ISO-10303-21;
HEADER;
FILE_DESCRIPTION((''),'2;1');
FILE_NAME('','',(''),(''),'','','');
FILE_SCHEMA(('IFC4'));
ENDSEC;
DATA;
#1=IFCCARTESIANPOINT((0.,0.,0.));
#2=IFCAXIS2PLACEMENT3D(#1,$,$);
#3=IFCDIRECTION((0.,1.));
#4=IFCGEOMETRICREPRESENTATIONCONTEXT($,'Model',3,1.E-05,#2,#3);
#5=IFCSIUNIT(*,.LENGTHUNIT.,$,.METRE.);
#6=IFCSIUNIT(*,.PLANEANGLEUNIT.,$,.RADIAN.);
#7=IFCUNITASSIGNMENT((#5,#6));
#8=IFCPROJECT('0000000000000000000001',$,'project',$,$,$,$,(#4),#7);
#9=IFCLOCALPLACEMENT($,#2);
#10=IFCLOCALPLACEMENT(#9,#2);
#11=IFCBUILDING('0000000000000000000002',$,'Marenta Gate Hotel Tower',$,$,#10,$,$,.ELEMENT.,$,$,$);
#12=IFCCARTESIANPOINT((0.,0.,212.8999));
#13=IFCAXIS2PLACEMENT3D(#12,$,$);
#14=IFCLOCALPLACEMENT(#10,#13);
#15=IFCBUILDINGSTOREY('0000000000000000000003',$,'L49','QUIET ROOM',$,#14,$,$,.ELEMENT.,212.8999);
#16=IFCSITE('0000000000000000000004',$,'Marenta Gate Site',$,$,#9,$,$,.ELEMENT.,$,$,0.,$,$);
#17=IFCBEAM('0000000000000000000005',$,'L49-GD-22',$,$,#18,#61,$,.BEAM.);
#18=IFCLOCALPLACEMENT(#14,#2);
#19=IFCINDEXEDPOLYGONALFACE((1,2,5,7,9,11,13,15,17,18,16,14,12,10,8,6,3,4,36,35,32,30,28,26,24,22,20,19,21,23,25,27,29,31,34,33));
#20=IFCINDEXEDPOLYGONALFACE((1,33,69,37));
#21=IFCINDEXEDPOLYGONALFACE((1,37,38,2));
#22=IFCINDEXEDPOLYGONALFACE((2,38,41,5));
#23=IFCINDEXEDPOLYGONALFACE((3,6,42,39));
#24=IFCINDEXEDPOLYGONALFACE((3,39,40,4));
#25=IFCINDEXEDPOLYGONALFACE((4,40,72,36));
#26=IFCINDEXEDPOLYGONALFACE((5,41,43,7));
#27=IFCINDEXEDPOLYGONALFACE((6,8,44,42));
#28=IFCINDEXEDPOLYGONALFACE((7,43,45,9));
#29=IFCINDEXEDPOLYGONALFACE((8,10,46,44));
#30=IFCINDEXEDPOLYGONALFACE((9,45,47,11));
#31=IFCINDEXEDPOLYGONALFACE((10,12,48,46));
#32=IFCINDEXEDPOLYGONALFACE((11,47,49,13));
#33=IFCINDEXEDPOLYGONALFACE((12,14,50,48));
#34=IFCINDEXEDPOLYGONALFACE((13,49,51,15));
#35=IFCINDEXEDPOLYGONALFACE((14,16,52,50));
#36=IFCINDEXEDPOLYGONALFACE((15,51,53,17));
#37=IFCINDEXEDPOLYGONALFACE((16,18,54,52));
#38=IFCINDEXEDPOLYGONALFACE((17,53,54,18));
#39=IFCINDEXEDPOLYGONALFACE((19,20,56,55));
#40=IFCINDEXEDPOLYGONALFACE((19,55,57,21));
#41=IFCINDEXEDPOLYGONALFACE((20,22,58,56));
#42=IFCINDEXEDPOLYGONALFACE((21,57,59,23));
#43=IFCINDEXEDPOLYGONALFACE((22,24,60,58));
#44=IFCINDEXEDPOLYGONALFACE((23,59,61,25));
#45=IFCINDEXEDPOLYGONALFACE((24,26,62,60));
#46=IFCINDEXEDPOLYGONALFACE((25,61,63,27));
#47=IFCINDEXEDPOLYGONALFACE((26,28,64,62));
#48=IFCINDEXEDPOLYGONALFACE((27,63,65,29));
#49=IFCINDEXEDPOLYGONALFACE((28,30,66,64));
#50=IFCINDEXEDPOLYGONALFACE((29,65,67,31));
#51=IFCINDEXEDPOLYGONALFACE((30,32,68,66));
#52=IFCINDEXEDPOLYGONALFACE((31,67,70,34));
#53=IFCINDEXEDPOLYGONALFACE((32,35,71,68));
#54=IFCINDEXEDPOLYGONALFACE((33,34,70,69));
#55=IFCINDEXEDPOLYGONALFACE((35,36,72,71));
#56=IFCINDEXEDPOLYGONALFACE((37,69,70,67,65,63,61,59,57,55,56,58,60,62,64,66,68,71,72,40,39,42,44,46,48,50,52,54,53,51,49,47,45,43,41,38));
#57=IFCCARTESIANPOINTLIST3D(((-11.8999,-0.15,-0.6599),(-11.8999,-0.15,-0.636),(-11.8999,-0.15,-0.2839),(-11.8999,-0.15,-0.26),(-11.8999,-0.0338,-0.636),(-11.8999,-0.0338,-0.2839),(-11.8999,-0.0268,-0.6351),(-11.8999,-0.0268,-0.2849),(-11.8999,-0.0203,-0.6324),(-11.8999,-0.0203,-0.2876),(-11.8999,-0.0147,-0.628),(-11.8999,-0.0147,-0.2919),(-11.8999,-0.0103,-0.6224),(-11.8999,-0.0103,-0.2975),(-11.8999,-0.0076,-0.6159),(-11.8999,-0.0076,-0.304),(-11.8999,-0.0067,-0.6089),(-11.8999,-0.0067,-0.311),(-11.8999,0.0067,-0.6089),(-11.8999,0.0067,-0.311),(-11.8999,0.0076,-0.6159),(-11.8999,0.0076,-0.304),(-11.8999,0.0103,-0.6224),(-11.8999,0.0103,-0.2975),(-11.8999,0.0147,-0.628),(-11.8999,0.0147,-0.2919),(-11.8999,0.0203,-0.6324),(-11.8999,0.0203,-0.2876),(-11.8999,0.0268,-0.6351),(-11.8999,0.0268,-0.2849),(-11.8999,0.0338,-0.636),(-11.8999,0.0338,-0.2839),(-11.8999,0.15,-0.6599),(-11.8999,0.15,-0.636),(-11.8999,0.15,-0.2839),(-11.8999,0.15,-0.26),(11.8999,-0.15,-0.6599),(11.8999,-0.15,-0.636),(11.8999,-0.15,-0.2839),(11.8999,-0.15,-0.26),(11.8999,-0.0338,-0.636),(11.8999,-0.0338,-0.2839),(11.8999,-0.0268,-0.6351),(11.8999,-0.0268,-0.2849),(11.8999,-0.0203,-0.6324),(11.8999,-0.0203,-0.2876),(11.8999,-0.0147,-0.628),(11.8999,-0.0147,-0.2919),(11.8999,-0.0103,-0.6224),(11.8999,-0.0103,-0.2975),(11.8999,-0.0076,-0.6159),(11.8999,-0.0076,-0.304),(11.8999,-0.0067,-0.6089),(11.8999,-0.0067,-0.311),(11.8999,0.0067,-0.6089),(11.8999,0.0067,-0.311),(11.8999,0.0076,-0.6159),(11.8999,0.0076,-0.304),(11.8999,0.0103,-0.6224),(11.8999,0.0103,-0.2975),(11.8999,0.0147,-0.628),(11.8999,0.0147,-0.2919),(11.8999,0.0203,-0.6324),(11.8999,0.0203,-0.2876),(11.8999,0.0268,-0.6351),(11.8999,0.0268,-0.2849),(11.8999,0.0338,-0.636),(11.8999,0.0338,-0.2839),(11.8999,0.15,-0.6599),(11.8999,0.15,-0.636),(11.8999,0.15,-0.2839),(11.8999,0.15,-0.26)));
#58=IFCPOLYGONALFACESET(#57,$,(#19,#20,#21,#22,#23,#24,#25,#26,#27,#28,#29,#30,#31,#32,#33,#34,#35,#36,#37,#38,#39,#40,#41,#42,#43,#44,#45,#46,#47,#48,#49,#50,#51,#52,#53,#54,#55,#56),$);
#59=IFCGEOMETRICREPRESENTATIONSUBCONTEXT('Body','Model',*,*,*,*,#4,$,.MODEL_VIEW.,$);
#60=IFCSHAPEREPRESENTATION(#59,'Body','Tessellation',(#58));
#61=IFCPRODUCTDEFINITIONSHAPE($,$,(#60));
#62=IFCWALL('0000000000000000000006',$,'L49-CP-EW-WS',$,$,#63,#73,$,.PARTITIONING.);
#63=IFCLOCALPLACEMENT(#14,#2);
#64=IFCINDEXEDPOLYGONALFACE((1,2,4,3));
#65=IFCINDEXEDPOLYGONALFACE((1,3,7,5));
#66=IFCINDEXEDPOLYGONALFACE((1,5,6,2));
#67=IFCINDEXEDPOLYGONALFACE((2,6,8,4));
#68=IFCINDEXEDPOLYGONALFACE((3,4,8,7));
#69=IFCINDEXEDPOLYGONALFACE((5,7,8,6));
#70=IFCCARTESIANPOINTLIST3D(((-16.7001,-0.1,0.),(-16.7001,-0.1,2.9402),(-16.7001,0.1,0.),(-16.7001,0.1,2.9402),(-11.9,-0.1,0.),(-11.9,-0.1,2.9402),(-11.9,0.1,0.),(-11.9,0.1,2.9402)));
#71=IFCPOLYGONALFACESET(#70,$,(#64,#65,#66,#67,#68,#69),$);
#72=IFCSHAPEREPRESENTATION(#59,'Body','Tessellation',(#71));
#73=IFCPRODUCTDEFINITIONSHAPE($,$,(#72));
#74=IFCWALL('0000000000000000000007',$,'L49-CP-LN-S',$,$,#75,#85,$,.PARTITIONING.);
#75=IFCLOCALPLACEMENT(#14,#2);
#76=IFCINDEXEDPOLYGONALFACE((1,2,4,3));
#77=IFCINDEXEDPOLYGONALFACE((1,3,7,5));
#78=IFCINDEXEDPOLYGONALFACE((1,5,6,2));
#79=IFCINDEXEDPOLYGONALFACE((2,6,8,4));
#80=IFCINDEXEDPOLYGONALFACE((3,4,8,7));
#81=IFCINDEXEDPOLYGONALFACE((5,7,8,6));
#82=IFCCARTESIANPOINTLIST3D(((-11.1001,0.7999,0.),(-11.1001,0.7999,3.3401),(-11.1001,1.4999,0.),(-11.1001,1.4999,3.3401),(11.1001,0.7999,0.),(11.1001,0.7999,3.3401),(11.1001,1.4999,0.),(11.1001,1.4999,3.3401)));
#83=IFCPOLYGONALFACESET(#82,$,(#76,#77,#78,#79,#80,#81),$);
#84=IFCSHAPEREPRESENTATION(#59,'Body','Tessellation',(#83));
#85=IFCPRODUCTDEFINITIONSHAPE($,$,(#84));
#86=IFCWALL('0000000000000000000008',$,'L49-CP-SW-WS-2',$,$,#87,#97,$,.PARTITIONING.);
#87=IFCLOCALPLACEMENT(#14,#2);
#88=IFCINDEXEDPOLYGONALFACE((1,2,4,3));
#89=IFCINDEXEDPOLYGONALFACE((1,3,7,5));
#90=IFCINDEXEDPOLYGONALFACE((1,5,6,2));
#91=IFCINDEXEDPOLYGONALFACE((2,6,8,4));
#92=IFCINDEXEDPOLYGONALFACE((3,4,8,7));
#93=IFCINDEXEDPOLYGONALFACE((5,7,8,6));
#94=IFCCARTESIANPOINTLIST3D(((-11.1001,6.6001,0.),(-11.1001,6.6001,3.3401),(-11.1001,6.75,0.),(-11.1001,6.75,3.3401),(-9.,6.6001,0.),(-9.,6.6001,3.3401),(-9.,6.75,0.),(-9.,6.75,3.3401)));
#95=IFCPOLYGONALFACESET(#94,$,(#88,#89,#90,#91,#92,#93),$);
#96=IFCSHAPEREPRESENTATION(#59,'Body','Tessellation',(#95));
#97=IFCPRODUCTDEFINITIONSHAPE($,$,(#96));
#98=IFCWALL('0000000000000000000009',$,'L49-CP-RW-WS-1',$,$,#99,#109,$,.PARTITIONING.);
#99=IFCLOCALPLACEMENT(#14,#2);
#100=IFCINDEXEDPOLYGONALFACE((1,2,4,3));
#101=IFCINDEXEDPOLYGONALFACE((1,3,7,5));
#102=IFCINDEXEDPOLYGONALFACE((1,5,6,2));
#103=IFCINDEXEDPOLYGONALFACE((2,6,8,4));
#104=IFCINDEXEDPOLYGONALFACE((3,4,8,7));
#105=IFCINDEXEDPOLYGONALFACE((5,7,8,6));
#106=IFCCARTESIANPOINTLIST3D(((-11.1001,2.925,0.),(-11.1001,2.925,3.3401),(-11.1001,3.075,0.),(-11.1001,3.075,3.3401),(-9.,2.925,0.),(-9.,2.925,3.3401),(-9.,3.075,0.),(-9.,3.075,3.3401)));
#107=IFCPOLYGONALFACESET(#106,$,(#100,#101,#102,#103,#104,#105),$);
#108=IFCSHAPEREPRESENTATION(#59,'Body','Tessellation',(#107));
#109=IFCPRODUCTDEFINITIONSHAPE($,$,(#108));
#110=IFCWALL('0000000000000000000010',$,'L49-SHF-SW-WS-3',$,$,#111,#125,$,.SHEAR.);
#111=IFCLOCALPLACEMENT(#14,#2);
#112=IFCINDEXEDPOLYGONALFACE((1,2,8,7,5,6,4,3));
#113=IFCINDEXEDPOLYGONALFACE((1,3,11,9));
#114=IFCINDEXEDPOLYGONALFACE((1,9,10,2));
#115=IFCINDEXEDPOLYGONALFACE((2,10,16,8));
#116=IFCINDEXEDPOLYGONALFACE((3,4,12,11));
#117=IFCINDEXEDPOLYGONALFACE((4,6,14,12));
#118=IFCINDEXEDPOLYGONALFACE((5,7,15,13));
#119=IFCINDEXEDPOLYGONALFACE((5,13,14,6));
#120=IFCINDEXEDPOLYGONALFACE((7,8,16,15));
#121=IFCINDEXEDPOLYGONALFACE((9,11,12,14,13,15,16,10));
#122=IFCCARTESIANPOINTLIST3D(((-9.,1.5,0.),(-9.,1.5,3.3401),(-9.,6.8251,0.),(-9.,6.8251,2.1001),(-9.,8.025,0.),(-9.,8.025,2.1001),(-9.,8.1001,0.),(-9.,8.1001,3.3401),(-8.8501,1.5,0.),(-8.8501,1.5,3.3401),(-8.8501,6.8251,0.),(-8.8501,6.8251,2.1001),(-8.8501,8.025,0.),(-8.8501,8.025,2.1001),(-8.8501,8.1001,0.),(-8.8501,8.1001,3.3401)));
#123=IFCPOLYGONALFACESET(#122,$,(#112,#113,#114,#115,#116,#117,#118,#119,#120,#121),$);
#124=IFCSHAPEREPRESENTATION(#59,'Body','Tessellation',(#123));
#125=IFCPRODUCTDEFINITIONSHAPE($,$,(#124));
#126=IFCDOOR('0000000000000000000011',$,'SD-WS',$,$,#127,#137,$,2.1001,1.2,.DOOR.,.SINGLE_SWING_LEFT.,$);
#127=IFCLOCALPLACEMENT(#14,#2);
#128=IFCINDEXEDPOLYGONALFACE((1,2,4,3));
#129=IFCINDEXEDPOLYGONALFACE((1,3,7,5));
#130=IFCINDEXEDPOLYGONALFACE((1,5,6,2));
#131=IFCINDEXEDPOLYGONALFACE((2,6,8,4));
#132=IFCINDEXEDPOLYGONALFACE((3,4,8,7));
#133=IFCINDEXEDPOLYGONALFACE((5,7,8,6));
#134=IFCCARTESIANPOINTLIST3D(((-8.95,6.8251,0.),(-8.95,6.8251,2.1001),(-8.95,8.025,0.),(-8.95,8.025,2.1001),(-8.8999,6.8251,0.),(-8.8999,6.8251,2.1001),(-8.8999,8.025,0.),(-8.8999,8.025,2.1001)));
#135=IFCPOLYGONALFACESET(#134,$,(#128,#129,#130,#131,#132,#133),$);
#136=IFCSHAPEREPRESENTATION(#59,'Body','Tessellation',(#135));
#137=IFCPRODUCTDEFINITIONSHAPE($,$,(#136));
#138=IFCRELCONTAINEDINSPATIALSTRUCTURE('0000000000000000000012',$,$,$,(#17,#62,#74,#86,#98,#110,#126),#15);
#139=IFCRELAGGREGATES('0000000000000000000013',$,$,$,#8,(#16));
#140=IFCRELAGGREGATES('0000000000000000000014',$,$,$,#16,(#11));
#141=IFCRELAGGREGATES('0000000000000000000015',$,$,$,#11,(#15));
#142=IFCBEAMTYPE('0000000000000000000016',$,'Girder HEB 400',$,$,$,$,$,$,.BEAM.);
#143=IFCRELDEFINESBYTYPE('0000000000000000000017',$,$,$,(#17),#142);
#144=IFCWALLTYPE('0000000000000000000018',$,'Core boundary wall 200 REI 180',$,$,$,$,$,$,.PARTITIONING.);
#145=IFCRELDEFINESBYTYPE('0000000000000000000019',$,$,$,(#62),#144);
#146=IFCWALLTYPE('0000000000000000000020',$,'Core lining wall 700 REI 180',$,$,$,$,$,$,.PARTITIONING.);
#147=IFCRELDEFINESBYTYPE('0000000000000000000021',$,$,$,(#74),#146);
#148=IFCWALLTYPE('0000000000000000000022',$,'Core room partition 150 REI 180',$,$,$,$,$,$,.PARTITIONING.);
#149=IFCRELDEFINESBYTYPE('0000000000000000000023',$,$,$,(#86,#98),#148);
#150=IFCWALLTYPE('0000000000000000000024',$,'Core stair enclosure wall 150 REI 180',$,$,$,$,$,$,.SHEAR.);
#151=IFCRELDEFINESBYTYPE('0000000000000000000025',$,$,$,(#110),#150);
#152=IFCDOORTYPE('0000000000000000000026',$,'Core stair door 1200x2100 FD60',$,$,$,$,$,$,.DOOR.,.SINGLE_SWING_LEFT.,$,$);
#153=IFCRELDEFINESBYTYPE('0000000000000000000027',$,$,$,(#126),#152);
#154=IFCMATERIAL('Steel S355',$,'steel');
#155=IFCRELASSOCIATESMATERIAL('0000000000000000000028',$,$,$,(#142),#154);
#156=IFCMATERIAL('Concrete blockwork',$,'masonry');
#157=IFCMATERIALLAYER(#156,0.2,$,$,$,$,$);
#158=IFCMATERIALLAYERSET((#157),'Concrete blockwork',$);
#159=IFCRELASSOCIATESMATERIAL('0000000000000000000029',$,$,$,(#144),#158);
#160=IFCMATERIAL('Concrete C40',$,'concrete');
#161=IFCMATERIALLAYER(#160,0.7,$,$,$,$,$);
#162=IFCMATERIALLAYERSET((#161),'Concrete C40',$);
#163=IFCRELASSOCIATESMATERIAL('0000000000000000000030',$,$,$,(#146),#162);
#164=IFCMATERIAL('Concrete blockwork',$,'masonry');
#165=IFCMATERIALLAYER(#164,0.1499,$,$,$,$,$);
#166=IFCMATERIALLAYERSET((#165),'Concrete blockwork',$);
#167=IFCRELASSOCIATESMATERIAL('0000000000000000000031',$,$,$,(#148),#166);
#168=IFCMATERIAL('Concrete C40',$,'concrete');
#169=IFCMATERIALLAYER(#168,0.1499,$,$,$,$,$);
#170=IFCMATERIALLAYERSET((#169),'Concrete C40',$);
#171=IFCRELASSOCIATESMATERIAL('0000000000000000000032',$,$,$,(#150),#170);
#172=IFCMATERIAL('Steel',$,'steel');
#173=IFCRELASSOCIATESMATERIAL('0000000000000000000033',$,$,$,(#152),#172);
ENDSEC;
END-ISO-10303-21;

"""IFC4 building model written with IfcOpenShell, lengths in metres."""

from ifc_helpers import new_model, si_unit, direction, frame, frame_2d, origin, origin_2d, place, context, subcontext, project, spatial, rectangle, i_section, extrude, material, layer, layer_set, material_profile, profile_set, type_object, element, fill, save


model = new_model("IFC4")

# Units and contexts
model_context = context("Model", 3, precision=1e-05, world=origin(), true_north=direction((0.0, 1.0)))
body_context = subcontext(model_context, "Body", "Model", "MODEL_VIEW")
ifc_project = project(units=[si_unit("LENGTHUNIT", "METRE"), si_unit("PLANEANGLEUNIT", "RADIAN")], contexts=[model_context])

# Site, building, storey
site_placement = place(None, origin())
site = spatial("IfcSite", under=ifc_project, at=site_placement, Name="Marenta Gate Site", CompositionType="ELEMENT", RefElevation=0.0)
building_placement = place(site_placement, origin())
building = spatial("IfcBuilding", under=site, at=building_placement, Name="Marenta Gate Hotel Tower", CompositionType="ELEMENT")
storey_placement = place(building_placement, frame((0.0, 0.0, 212.8999)))
storey = spatial("IfcBuildingStorey", under=building, at=storey_placement, Name="L49", Description="QUIET ROOM", CompositionType="ELEMENT", Elevation=212.8999)

# Beam
ifc_material_1 = material(Name="Steel S355", Category="steel")
ifc_material_profile = material_profile(ifc_material_1, i_section(OverallWidth=0.3, OverallDepth=0.3999, WebThickness=0.0134, FlangeThickness=0.0239, FilletRadius=0.0271, at=origin_2d()), Name="HEB 400")
ifc_profile_set = profile_set([ifc_material_profile], Name="Steel S355")
beam_type = type_object("IfcBeamType", Name="Girder HEB 400", PredefinedType="BEAM", material=ifc_profile_set)
beam_placement = place(storey_placement, frame((-11.8999, 0.0, -0.46), z_axis=(1.0, 0.0, 0.0), x_axis=(0.0, 1.0, 0.0)))
element("IfcBeam", 1, at=beam_placement, inside=storey, type_object=beam_type, Name="L49-GD-22", PredefinedType="BEAM", context=body_context, shape_type="SweptSolid", body=[
    extrude(i_section(OverallWidth=0.3, OverallDepth=0.3999, WebThickness=0.0134, FlangeThickness=0.0239, FilletRadius=0.0271, at=origin_2d()), origin(), (0.0, 0.0, 1.0), 23.7998),
])

# Walls
ifc_material_2 = material(Name="Concrete blockwork", Category="masonry")
ifc_layer_1 = layer(ifc_material_2, 0.2)
ifc_layer_set_1 = layer_set([ifc_layer_1], Name="Concrete blockwork")
wall_type_1 = type_object("IfcWallType", Name="Core boundary wall 200 REI 180", PredefinedType="PARTITIONING", material=ifc_layer_set_1)
wall_1_placement = place(storey_placement, frame((-16.7, 0.0, 0.0), z_axis=(0.0, 0.0, 1.0), x_axis=(1.0, 0.0, 0.0)))
element("IfcWall", 2, at=wall_1_placement, inside=storey, type_object=wall_type_1, Name="L49-CP-EW-WS", PredefinedType="PARTITIONING", context=body_context, shape_type="SweptSolid", body=[
    extrude(rectangle(XDim=4.8, YDim=0.2, at=frame_2d((2.3999, 0.0))), origin(), (0.0, 0.0, 1.0), 2.9402),
])
ifc_material_3 = material(Name="Concrete C40", Category="concrete")
ifc_layer_2 = layer(ifc_material_3, 0.7)
ifc_layer_set_2 = layer_set([ifc_layer_2], Name="Concrete C40")
wall_type_2 = type_object("IfcWallType", Name="Core lining wall 700 REI 180", PredefinedType="PARTITIONING", material=ifc_layer_set_2)
wall_2_placement = place(storey_placement, frame((-11.1001, 1.1499, 0.0), z_axis=(0.0, 0.0, 1.0), x_axis=(1.0, 0.0, 0.0)))
element("IfcWall", 3, at=wall_2_placement, inside=storey, type_object=wall_type_2, Name="L49-CP-LN-S", PredefinedType="PARTITIONING", context=body_context, shape_type="SweptSolid", body=[
    extrude(rectangle(XDim=22.2002, YDim=0.7, at=frame_2d((11.1001, 0.0))), origin(), (0.0, 0.0, 1.0), 3.3401),
])
ifc_material_4 = material(Name="Concrete blockwork", Category="masonry")
ifc_layer_3 = layer(ifc_material_4, 0.1499)
ifc_layer_set_3 = layer_set([ifc_layer_3], Name="Concrete blockwork")
wall_type_3 = type_object("IfcWallType", Name="Core room partition 150 REI 180", PredefinedType="PARTITIONING", material=ifc_layer_set_3)
for number, where, z_axis, x_axis, name in (
    (4, (-11.1001, 6.675, 0.0), (0.0, 0.0, 1.0), (1.0, 0.0, 0.0), "L49-CP-SW-WS-2"),
    (5, (-11.1001, 3.0, 0.0), (0.0, 0.0, 1.0), (1.0, 0.0, 0.0), "L49-CP-RW-WS-1"),
):
    element("IfcWall", number, at=place(storey_placement, frame(where, z_axis=z_axis, x_axis=x_axis)), inside=storey, type_object=wall_type_3, Name=name, PredefinedType="PARTITIONING", context=body_context, shape_type="SweptSolid", body=[
        extrude(rectangle(XDim=2.1001, YDim=0.1499, at=frame_2d((1.05, 0.0))), origin(), (0.0, 0.0, 1.0), 3.3401),
    ])

# Wall, opening, door
ifc_material_5 = material(Name="Concrete C40", Category="concrete")
ifc_layer_4 = layer(ifc_material_5, 0.1499)
ifc_layer_set_4 = layer_set([ifc_layer_4], Name="Concrete C40")
wall_type_4 = type_object("IfcWallType", Name="Core stair enclosure wall 150 REI 180", PredefinedType="SHEAR", material=ifc_layer_set_4)
wall_3_placement = place(storey_placement, frame((-8.925, 1.5, 0.0), z_axis=(0.0, 0.0, 1.0), x_axis=(0.0, 1.0, 0.0)))
wall_3 = element("IfcWall", 6, at=wall_3_placement, inside=storey, type_object=wall_type_4, Name="L49-SHF-SW-WS-3", PredefinedType="SHEAR", context=body_context, shape_type="SweptSolid", body=[
    extrude(rectangle(XDim=6.6001, YDim=0.1499, at=frame_2d((3.3, 0.0))), origin(), (0.0, 0.0, 1.0), 3.3401),
])
opening_1_placement = place(wall_3_placement, frame((5.325, 0.0, 0.0)))
opening_1 = element("IfcOpeningElement", 7, at=opening_1_placement, cuts=wall_3, PredefinedType="OPENING", context=body_context, shape_type="SweptSolid", body=[
    extrude(rectangle(XDim=1.2, YDim=2.1001, at=frame_2d((0.6001, 1.05))), frame((0.0, 0.075, 0.0), z_axis=(0.0, -1.0, 0.0), x_axis=(1.0, 0.0, 0.0)), (0.0, 0.0, 1.0), 0.1499),
])
ifc_material_6 = material(Name="Steel", Category="steel")
door_type_1 = type_object("IfcDoorType", Name="Core stair door 1200x2100 FD60", OperationType="SINGLE_SWING_LEFT", PredefinedType="DOOR", material=ifc_material_6)
door_1_placement = place(opening_1_placement, origin())
door_1 = element("IfcDoor", 8, at=door_1_placement, inside=storey, type_object=door_type_1, Name="SD-WS", OperationType="SINGLE_SWING_LEFT", OverallHeight=2.1001, OverallWidth=1.2, PredefinedType="DOOR", context=body_context, shape_type="SweptSolid", body=[
    extrude(rectangle(XDim=1.2, YDim=2.1001, at=frame_2d((0.6001, 1.05))), frame((0.0, 0.0249, 0.0), z_axis=(0.0, -1.0, 0.0), x_axis=(1.0, 0.0, 0.0)), (0.0, 0.0, 1.0), 0.05),
])
fill(opening_1, door_1)

save(model, "model.ifc")
